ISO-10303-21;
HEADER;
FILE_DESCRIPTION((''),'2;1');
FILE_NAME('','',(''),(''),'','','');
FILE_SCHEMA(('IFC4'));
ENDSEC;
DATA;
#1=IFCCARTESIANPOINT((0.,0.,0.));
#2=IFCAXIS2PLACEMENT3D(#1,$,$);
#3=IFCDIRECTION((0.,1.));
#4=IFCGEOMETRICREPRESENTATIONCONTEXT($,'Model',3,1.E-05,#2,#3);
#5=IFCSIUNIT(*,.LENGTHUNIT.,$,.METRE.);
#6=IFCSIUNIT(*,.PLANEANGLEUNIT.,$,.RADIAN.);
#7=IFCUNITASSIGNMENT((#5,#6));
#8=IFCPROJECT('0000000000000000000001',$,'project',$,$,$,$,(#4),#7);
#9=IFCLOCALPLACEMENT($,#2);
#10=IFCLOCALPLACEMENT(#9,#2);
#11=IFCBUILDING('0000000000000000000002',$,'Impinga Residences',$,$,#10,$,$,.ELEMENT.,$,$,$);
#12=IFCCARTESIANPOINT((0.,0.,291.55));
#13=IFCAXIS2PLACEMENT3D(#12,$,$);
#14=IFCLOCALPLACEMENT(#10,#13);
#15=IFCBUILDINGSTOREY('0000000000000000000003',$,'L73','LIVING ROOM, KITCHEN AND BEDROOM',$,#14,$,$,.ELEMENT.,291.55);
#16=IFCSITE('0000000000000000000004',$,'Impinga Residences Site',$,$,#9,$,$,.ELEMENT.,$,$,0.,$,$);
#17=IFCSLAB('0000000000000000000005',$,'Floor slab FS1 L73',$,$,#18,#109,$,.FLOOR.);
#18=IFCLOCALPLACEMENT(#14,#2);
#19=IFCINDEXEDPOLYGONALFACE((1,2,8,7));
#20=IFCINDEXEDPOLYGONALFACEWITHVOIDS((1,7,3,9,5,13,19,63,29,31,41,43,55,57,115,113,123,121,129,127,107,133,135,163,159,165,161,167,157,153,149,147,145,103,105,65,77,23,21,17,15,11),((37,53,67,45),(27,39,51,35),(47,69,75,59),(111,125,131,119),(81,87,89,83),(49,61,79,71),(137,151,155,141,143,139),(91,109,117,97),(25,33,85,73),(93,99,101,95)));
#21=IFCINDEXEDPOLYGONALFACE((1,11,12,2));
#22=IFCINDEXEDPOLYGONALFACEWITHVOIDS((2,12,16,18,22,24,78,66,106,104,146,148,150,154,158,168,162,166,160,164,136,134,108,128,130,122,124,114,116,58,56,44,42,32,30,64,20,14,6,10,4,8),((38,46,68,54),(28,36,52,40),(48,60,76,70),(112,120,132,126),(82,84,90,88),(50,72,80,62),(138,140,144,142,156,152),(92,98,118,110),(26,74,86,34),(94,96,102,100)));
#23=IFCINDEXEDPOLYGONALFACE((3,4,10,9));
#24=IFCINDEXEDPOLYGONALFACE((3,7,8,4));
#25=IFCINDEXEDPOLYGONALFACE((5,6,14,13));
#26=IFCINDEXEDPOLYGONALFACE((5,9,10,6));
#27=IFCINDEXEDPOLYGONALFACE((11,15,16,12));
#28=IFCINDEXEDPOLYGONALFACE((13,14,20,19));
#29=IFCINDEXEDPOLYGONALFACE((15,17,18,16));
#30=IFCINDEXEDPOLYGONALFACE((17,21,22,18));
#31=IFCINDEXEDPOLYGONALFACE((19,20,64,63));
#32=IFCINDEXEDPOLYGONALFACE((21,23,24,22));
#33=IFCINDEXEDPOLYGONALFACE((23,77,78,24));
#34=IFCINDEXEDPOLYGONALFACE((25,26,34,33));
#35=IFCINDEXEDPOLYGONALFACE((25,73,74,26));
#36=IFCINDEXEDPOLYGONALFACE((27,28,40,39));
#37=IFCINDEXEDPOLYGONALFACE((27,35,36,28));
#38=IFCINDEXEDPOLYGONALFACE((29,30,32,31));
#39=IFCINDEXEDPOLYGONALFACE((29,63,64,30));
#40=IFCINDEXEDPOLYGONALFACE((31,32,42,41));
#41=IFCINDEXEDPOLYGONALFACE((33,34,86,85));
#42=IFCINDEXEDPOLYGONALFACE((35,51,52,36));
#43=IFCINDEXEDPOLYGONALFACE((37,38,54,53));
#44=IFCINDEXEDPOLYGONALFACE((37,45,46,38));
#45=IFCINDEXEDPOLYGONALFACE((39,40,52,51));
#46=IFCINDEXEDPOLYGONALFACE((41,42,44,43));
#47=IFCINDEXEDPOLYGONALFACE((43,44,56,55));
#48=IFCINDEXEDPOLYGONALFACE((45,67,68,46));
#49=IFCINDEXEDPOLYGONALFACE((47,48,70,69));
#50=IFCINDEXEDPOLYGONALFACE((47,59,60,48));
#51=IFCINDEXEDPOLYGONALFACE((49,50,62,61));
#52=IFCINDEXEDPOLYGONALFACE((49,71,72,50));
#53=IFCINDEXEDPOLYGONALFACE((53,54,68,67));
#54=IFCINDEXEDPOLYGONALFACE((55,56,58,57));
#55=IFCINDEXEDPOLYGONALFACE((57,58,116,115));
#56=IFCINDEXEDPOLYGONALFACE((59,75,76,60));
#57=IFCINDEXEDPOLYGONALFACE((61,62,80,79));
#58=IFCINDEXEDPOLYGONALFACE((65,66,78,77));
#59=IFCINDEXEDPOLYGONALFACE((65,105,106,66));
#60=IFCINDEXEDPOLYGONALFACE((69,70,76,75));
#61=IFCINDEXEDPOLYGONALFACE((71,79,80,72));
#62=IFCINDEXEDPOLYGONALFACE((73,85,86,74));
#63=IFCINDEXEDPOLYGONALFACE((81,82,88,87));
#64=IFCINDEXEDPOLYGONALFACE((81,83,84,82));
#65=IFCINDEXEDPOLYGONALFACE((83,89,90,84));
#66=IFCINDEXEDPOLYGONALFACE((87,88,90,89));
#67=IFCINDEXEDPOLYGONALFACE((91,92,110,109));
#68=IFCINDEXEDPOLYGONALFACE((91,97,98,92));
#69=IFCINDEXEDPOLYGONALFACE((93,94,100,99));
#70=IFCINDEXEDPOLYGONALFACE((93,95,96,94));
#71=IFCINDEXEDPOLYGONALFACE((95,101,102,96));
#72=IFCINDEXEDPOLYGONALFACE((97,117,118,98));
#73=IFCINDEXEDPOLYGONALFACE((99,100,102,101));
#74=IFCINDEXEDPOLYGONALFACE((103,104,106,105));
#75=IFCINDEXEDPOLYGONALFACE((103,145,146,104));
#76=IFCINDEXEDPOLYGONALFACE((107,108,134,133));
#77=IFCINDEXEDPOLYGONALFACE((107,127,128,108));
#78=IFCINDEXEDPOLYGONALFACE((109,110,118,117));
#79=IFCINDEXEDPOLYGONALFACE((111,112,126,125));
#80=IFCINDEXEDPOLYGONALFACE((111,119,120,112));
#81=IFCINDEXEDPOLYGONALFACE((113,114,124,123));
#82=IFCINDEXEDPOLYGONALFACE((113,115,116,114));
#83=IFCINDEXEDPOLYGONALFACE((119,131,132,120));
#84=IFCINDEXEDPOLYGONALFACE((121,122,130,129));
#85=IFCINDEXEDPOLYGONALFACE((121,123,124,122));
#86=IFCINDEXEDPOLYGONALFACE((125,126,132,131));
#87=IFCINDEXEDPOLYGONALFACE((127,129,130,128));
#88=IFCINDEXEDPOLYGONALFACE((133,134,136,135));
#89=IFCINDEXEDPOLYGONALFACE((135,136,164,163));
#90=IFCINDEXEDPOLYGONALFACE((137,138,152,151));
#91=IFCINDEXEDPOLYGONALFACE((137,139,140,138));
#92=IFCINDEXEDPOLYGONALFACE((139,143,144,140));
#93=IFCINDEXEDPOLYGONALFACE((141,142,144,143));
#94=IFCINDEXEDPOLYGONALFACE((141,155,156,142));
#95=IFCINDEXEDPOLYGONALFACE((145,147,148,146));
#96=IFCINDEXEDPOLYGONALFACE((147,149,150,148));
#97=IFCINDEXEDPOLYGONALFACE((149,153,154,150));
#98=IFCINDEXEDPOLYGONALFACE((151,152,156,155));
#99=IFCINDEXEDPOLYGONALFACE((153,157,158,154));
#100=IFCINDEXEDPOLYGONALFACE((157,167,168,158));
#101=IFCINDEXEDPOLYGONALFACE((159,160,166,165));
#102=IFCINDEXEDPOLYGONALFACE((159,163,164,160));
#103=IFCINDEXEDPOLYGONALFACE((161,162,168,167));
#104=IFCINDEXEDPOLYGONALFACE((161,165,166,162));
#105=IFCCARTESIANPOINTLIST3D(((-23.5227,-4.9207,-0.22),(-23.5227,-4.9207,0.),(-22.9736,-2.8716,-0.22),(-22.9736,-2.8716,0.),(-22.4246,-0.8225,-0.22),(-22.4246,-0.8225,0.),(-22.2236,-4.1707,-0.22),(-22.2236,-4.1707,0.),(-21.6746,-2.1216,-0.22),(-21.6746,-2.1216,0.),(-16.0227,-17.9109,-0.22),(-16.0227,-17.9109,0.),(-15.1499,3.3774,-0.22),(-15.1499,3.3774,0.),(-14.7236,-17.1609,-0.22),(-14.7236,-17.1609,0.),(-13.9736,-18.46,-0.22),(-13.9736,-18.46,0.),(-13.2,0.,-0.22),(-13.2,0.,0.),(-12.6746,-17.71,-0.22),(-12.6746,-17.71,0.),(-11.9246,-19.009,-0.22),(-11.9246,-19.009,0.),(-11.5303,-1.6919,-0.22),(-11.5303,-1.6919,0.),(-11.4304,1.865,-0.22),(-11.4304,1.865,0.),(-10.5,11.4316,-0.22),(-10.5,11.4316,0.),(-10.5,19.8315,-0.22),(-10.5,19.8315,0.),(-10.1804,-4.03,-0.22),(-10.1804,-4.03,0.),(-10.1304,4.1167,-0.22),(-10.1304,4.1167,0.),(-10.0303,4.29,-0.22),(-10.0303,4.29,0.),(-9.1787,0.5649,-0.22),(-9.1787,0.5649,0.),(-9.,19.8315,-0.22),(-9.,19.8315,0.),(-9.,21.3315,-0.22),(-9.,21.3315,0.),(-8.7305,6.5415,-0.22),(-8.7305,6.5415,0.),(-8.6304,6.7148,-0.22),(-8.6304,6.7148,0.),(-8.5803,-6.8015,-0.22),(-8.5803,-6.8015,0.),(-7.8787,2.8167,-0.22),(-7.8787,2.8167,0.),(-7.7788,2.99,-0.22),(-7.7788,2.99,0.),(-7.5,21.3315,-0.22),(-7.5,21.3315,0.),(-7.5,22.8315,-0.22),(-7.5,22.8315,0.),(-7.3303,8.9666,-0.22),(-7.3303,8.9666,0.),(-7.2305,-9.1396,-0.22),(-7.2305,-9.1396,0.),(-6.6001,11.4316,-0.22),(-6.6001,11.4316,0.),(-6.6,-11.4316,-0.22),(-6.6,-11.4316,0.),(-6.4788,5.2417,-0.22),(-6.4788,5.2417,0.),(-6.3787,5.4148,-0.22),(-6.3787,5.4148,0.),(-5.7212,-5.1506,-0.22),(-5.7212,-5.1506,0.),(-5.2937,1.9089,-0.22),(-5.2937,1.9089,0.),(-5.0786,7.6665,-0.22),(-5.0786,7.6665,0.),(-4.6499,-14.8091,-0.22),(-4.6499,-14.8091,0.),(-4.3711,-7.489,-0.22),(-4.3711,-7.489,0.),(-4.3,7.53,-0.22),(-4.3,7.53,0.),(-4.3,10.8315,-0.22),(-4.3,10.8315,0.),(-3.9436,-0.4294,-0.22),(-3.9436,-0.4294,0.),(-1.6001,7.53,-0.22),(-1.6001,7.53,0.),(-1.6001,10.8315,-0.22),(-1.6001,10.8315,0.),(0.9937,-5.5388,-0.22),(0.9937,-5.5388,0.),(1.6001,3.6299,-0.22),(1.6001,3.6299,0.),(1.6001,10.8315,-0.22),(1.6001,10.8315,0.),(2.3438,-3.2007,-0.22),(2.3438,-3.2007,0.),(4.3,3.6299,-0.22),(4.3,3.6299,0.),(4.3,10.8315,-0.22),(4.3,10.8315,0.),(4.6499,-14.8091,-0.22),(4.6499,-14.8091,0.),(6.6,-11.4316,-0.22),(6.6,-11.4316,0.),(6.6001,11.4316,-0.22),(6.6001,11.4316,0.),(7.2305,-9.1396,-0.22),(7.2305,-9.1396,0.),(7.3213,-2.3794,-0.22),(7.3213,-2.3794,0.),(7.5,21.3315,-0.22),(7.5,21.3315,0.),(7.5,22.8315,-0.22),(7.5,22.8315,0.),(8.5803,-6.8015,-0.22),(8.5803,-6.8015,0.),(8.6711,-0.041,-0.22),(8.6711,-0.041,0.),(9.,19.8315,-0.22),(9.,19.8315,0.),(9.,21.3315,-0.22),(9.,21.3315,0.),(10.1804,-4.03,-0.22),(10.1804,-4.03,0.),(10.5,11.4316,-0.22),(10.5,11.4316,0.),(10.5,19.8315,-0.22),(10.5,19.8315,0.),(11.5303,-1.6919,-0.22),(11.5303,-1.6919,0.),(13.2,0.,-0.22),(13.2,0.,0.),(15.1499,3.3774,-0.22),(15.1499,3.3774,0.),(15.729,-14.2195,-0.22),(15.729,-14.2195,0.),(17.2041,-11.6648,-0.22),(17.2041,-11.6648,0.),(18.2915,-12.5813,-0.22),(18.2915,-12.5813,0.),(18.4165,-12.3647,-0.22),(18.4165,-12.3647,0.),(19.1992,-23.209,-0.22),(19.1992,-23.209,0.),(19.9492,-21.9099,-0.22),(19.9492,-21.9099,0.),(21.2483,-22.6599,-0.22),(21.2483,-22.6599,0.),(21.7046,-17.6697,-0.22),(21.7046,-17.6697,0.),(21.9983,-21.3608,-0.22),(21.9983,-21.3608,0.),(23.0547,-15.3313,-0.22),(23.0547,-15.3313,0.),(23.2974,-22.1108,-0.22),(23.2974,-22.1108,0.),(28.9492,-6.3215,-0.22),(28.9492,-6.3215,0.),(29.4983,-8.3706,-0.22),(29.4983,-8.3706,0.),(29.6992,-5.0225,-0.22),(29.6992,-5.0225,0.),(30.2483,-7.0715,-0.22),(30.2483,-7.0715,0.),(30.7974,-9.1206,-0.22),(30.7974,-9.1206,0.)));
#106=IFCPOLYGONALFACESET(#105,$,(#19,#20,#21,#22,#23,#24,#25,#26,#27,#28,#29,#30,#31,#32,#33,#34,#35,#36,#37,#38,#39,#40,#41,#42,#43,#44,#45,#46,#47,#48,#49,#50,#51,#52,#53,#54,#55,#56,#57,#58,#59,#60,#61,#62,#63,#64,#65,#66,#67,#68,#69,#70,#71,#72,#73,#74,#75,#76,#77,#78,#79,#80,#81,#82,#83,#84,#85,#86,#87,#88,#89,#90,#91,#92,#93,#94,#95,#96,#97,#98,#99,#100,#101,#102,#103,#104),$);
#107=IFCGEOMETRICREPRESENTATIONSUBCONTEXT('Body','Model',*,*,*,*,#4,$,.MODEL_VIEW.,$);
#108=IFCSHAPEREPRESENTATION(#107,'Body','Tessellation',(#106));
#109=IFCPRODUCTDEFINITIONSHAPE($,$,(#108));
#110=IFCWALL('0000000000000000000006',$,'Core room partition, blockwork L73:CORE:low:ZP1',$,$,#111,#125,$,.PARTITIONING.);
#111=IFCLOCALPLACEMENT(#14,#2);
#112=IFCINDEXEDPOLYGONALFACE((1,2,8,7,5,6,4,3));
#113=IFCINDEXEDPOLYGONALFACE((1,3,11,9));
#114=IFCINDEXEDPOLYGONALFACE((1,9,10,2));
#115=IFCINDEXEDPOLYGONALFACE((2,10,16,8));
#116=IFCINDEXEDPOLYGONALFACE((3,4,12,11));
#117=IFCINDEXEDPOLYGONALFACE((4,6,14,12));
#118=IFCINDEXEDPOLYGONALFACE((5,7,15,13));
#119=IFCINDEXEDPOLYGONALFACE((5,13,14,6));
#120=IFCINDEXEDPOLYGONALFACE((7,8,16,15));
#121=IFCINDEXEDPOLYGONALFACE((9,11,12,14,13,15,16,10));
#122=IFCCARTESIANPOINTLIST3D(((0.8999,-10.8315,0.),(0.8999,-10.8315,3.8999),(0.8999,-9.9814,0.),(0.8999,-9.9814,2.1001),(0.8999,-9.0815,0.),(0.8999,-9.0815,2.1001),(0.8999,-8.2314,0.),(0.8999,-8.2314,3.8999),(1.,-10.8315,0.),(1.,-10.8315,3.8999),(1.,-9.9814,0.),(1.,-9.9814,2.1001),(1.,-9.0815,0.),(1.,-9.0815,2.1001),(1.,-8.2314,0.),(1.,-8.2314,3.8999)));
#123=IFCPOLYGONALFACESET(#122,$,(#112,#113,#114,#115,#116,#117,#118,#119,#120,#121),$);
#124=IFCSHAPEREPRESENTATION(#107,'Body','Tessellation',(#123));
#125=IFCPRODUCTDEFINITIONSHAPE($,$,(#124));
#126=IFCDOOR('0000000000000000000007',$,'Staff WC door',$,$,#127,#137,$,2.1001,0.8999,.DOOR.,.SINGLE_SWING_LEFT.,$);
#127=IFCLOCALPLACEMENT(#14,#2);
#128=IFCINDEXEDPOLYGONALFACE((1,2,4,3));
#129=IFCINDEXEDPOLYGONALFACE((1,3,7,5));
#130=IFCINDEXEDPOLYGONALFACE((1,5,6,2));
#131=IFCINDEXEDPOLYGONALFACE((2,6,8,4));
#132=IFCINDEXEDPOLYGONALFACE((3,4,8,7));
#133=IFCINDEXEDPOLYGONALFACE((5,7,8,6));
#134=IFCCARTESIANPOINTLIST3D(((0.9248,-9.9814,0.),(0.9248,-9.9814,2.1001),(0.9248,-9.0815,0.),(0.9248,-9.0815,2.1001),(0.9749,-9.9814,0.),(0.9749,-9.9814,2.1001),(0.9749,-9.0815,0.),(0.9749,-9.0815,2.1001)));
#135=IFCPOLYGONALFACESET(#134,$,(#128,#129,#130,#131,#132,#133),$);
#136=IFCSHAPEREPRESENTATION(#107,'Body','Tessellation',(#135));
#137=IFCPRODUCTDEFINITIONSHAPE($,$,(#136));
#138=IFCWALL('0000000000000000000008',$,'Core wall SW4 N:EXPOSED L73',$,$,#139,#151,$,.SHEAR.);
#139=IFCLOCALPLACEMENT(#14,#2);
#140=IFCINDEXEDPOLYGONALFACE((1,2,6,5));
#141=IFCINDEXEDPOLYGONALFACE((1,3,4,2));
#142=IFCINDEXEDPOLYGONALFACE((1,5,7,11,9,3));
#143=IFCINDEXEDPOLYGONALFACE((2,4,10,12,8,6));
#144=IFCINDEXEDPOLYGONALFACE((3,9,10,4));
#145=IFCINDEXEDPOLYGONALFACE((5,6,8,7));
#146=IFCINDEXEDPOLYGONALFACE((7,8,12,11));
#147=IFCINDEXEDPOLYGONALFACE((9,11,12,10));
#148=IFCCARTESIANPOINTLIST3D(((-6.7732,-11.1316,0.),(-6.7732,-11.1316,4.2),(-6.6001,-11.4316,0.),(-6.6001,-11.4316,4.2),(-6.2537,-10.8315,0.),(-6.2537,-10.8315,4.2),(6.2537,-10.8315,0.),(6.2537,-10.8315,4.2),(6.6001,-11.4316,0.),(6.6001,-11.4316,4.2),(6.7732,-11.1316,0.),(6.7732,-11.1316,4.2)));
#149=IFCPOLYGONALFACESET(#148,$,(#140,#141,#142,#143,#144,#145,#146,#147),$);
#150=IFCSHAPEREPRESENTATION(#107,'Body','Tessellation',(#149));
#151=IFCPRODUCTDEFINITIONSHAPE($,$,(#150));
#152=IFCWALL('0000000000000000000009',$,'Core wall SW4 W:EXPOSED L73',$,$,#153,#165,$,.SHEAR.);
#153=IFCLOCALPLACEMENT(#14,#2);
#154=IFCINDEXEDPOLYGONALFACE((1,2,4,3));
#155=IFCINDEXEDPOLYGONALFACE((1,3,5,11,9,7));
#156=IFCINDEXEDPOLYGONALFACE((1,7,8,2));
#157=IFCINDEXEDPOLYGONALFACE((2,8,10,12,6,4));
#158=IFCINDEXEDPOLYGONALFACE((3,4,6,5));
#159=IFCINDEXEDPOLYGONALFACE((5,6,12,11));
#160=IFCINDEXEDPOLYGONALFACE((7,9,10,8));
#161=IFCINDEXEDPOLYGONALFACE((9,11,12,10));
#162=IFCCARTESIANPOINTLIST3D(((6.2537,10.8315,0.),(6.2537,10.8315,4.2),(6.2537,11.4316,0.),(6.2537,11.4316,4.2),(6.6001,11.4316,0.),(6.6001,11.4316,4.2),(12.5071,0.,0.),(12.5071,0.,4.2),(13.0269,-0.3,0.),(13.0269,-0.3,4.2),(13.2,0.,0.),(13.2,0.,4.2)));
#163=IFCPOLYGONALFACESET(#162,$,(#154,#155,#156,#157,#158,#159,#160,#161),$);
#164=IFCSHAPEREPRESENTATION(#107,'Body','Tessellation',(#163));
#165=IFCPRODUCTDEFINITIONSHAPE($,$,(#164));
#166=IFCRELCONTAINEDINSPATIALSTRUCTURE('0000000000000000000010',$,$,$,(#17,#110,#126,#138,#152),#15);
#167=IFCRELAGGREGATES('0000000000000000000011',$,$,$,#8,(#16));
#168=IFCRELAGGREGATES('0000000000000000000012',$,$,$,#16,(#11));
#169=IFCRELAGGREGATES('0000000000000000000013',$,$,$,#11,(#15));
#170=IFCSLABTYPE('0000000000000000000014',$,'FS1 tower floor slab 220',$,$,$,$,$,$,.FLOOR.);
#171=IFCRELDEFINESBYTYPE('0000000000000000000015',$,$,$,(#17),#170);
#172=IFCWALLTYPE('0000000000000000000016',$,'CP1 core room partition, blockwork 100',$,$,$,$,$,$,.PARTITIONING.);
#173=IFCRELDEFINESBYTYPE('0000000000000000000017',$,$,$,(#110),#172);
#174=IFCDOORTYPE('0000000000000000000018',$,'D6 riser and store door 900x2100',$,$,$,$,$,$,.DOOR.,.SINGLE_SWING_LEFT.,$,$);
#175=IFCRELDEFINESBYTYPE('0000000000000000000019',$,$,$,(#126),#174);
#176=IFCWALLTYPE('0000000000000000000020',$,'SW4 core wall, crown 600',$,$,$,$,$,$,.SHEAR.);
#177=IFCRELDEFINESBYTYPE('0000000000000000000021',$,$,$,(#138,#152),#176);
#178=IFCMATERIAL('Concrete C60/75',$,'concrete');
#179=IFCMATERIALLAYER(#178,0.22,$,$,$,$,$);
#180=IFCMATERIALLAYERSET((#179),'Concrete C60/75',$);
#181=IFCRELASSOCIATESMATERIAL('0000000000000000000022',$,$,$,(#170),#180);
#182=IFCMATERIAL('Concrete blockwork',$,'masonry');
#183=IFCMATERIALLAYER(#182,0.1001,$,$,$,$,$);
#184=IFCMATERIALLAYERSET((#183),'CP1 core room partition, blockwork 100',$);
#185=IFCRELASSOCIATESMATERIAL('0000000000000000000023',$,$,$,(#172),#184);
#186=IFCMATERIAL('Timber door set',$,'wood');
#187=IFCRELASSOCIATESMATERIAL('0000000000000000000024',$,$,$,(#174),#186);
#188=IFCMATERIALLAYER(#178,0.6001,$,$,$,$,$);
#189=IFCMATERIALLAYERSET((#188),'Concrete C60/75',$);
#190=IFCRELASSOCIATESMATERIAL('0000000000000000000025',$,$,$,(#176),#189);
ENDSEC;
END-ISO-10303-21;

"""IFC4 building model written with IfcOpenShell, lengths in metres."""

from ifc_helpers import new_model, si_unit, direction, frame, frame_2d, origin, place, context, subcontext, project, spatial, polyline, rectangle, outline, extrude, material, layer, layer_set, type_object, element, fill, save


model = new_model("IFC4")

# Units and contexts
model_context = context("Model", 3, precision=1e-05, world=origin(), true_north=direction((0.0, 1.0)))
body_context = subcontext(model_context, "Body", "Model", "MODEL_VIEW")
ifc_project = project(units=[si_unit("LENGTHUNIT", "METRE"), si_unit("PLANEANGLEUNIT", "RADIAN")], contexts=[model_context])

# Site, building, storey
site_placement = place(None, origin())
site = spatial("IfcSite", under=ifc_project, at=site_placement, Name="Impinga Residences Site", CompositionType="ELEMENT", RefElevation=0.0)
building_placement = place(site_placement, origin())
building = spatial("IfcBuilding", under=site, at=building_placement, Name="Impinga Residences", CompositionType="ELEMENT")
storey_placement = place(building_placement, frame((0.0, 0.0, 291.55)))
storey = spatial("IfcBuildingStorey", under=building, at=storey_placement, Name="L73", Description="LIVING ROOM, KITCHEN AND BEDROOM", CompositionType="ELEMENT", Elevation=291.55)

# Slab
ifc_material_1 = material(Name="Concrete C60/75", Category="concrete")
ifc_layer_1 = layer(ifc_material_1, 0.22)
ifc_layer_set_1 = layer_set([ifc_layer_1], Name="Concrete C60/75")
slab_type = type_object("IfcSlabType", Name="FS1 tower floor slab 220", PredefinedType="FLOOR", material=ifc_layer_set_1)
slab_placement = place(storey_placement, frame((0.0, 0.0, -0.22)))
element("IfcSlab", 1, at=slab_placement, inside=storey, type_object=slab_type, Name="Floor slab FS1 L73", PredefinedType="FLOOR", context=body_context, shape_type="SweptSolid", body=[
    extrude(outline(polyline([(28.9492, -6.3215), (30.2483, -7.0715), (29.4983, -8.3706), (30.7974, -9.1206), (23.2974, -22.1108), (21.9983, -21.3608), (21.2483, -22.6599), (19.9492, -21.9099), (19.1992, -23.209), (4.6499, -14.8091), (9.9001, -5.7158), (6.6001, -11.4316), (-6.6001, -11.4316), (-9.9001, -5.7158), (-4.6499, -14.8091), (-11.9246, -19.009), (-12.6746, -17.71), (-13.9736, -18.46), (-14.7236, -17.1609), (-16.0227, -17.9109), (-23.5227, -4.9207), (-22.2236, -4.1707), (-22.9736, -2.8716), (-21.6746, -2.1216), (-22.4246, -0.8225), (-15.1499, 3.3774), (-13.2, 0.0), (-6.6001, 11.4316), (-10.5, 11.4316), (-10.5, 19.8315), (-9.0, 19.8315), (-9.0, 21.3315), (-7.5, 21.3315), (-7.5, 22.8315), (7.5, 22.8315), (7.5, 21.3315), (9.0, 21.3315), (9.0, 19.8315), (10.5, 19.8315), (10.5, 11.4316), (6.6001, 11.4316), (13.2, 0.0), (15.1499, 3.3774), (29.6992, -5.0225), (28.9492, -6.3215)]), holes=[polyline([(-8.5803, -6.8015), (-7.2305, -9.1396), (-4.3711, -7.489), (-5.7212, -5.1506), (-8.5803, -6.8015)]), polyline([(-5.2937, 1.9089), (-11.5303, -1.6919), (-10.1804, -4.03), (-3.9436, -0.4294), (-5.2937, 1.9089)]), polyline([(-7.8787, 2.8167), (-10.1304, 4.1167), (-11.4304, 1.865), (-9.1787, 0.5649), (-7.8787, 2.8167)]), polyline([(-8.7305, 6.5415), (-10.0303, 4.29), (-7.7788, 2.99), (-6.4788, 5.2417), (-8.7305, 6.5415)]), polyline([(-5.0786, 7.6665), (-7.3303, 8.9666), (-8.6304, 6.7148), (-6.3787, 5.4148), (-5.0786, 7.6665)]), polyline([(-1.6001, 7.53), (-1.6001, 10.8315), (-4.3, 10.8315), (-4.3, 7.53), (-1.6001, 7.53)]), polyline([(21.7046, -17.6697), (23.0547, -15.3313), (18.2915, -12.5813), (18.4165, -12.3647), (17.2041, -11.6648), (15.729, -14.2195), (21.7046, -17.6697)]), polyline([(7.2305, -9.1396), (8.5803, -6.8015), (2.3438, -3.2007), (0.9937, -5.5388), (7.2305, -9.1396)]), polyline([(7.3213, -2.3794), (10.1804, -4.03), (11.5303, -1.6919), (8.6711, -0.041), (7.3213, -2.3794)]), polyline([(4.3, 3.6299), (4.3, 10.8315), (1.6001, 10.8315), (1.6001, 3.6299), (4.3, 3.6299)])]), origin(), (0.0, 0.0, 1.0), 0.22),
])

# Wall, opening, door
ifc_material_2 = material(Name="Concrete blockwork", Category="masonry")
ifc_layer_2 = layer(ifc_material_2, 0.1001)
ifc_layer_set_2 = layer_set([ifc_layer_2], Name="CP1 core room partition, blockwork 100")
wall_type_1 = type_object("IfcWallType", Name="CP1 core room partition, blockwork 100", PredefinedType="PARTITIONING", material=ifc_layer_set_2)
wall_1_placement = place(storey_placement, frame((0.95, -8.2314, 0.0), z_axis=(0.0, 0.0, 1.0), x_axis=(0.0, -1.0, 0.0)))
wall_1 = element("IfcWall", 2, at=wall_1_placement, inside=storey, type_object=wall_type_1, Name="Core room partition, blockwork L73:CORE:low:ZP1", PredefinedType="PARTITIONING", context=body_context, shape_type="SweptSolid", body=[
    extrude(rectangle(XDim=2.6001, YDim=0.1001, at=frame_2d((1.3, 0.0))), origin(), (0.0, 0.0, 1.0), 3.8999),
])
opening_1_placement = place(wall_1_placement, frame((0.8501, 0.0, 0.0)))
opening_1 = element("IfcOpeningElement", 3, at=opening_1_placement, cuts=wall_1, PredefinedType="OPENING", context=body_context, shape_type="SweptSolid", body=[
    extrude(rectangle(XDim=0.8999, YDim=2.1001, at=frame_2d((0.45, 1.05))), frame((0.0, 0.0601, 0.0), z_axis=(0.0, -1.0, 0.0), x_axis=(1.0, 0.0, 0.0)), (0.0, 0.0, 1.0), 0.1201),
])
ifc_material_3 = material(Name="Timber door set", Category="wood")
door_type_1 = type_object("IfcDoorType", Name="D6 riser and store door 900x2100", OperationType="SINGLE_SWING_LEFT", PredefinedType="DOOR", material=ifc_material_3)
door_1_placement = place(opening_1_placement, origin())
door_1 = element("IfcDoor", 4, at=door_1_placement, inside=storey, type_object=door_type_1, Name="Staff WC door", OperationType="SINGLE_SWING_LEFT", OverallHeight=2.1001, OverallWidth=0.8999, PredefinedType="DOOR", context=body_context, shape_type="SweptSolid", body=[
    extrude(rectangle(XDim=0.8999, YDim=2.1001, at=frame_2d((0.45, 1.05))), frame((0.0, 0.0249, 0.0), z_axis=(0.0, -1.0, 0.0), x_axis=(1.0, 0.0, 0.0)), (0.0, 0.0, 1.0), 0.05),
])
fill(opening_1, door_1)

# Walls
ifc_layer_3 = layer(ifc_material_1, 0.6001)
ifc_layer_set_3 = layer_set([ifc_layer_3], Name="Concrete C60/75")
wall_type_2 = type_object("IfcWallType", Name="SW4 core wall, crown 600", PredefinedType="SHEAR", material=ifc_layer_set_3)
wall_2_placement = place(storey_placement, origin())
element("IfcWall", 5, at=wall_2_placement, inside=storey, type_object=wall_type_2, Name="Core wall SW4 N:EXPOSED L73", PredefinedType="SHEAR", context=body_context, shape_type="SweptSolid", body=[
    extrude(outline(polyline([(-6.6001, -11.4316), (6.6001, -11.4316), (6.7732, -11.1316), (6.2537, -10.8315), (-6.2537, -10.8315), (-6.7732, -11.1316), (-6.6001, -11.4316)])), origin(), (0.0, 0.0, 1.0), 4.2),
])
wall_3_placement = place(storey_placement, origin())
element("IfcWall", 6, at=wall_3_placement, inside=storey, type_object=wall_type_2, Name="Core wall SW4 W:EXPOSED L73", PredefinedType="SHEAR", context=body_context, shape_type="SweptSolid", body=[
    extrude(outline(polyline([(13.2, 0.0), (6.6001, 11.4316), (6.2537, 11.4316), (6.2537, 10.8315), (12.5071, 0.0), (13.0269, -0.3), (13.2, 0.0)])), origin(), (0.0, 0.0, 1.0), 4.2),
])

save(model, "model.ifc")
